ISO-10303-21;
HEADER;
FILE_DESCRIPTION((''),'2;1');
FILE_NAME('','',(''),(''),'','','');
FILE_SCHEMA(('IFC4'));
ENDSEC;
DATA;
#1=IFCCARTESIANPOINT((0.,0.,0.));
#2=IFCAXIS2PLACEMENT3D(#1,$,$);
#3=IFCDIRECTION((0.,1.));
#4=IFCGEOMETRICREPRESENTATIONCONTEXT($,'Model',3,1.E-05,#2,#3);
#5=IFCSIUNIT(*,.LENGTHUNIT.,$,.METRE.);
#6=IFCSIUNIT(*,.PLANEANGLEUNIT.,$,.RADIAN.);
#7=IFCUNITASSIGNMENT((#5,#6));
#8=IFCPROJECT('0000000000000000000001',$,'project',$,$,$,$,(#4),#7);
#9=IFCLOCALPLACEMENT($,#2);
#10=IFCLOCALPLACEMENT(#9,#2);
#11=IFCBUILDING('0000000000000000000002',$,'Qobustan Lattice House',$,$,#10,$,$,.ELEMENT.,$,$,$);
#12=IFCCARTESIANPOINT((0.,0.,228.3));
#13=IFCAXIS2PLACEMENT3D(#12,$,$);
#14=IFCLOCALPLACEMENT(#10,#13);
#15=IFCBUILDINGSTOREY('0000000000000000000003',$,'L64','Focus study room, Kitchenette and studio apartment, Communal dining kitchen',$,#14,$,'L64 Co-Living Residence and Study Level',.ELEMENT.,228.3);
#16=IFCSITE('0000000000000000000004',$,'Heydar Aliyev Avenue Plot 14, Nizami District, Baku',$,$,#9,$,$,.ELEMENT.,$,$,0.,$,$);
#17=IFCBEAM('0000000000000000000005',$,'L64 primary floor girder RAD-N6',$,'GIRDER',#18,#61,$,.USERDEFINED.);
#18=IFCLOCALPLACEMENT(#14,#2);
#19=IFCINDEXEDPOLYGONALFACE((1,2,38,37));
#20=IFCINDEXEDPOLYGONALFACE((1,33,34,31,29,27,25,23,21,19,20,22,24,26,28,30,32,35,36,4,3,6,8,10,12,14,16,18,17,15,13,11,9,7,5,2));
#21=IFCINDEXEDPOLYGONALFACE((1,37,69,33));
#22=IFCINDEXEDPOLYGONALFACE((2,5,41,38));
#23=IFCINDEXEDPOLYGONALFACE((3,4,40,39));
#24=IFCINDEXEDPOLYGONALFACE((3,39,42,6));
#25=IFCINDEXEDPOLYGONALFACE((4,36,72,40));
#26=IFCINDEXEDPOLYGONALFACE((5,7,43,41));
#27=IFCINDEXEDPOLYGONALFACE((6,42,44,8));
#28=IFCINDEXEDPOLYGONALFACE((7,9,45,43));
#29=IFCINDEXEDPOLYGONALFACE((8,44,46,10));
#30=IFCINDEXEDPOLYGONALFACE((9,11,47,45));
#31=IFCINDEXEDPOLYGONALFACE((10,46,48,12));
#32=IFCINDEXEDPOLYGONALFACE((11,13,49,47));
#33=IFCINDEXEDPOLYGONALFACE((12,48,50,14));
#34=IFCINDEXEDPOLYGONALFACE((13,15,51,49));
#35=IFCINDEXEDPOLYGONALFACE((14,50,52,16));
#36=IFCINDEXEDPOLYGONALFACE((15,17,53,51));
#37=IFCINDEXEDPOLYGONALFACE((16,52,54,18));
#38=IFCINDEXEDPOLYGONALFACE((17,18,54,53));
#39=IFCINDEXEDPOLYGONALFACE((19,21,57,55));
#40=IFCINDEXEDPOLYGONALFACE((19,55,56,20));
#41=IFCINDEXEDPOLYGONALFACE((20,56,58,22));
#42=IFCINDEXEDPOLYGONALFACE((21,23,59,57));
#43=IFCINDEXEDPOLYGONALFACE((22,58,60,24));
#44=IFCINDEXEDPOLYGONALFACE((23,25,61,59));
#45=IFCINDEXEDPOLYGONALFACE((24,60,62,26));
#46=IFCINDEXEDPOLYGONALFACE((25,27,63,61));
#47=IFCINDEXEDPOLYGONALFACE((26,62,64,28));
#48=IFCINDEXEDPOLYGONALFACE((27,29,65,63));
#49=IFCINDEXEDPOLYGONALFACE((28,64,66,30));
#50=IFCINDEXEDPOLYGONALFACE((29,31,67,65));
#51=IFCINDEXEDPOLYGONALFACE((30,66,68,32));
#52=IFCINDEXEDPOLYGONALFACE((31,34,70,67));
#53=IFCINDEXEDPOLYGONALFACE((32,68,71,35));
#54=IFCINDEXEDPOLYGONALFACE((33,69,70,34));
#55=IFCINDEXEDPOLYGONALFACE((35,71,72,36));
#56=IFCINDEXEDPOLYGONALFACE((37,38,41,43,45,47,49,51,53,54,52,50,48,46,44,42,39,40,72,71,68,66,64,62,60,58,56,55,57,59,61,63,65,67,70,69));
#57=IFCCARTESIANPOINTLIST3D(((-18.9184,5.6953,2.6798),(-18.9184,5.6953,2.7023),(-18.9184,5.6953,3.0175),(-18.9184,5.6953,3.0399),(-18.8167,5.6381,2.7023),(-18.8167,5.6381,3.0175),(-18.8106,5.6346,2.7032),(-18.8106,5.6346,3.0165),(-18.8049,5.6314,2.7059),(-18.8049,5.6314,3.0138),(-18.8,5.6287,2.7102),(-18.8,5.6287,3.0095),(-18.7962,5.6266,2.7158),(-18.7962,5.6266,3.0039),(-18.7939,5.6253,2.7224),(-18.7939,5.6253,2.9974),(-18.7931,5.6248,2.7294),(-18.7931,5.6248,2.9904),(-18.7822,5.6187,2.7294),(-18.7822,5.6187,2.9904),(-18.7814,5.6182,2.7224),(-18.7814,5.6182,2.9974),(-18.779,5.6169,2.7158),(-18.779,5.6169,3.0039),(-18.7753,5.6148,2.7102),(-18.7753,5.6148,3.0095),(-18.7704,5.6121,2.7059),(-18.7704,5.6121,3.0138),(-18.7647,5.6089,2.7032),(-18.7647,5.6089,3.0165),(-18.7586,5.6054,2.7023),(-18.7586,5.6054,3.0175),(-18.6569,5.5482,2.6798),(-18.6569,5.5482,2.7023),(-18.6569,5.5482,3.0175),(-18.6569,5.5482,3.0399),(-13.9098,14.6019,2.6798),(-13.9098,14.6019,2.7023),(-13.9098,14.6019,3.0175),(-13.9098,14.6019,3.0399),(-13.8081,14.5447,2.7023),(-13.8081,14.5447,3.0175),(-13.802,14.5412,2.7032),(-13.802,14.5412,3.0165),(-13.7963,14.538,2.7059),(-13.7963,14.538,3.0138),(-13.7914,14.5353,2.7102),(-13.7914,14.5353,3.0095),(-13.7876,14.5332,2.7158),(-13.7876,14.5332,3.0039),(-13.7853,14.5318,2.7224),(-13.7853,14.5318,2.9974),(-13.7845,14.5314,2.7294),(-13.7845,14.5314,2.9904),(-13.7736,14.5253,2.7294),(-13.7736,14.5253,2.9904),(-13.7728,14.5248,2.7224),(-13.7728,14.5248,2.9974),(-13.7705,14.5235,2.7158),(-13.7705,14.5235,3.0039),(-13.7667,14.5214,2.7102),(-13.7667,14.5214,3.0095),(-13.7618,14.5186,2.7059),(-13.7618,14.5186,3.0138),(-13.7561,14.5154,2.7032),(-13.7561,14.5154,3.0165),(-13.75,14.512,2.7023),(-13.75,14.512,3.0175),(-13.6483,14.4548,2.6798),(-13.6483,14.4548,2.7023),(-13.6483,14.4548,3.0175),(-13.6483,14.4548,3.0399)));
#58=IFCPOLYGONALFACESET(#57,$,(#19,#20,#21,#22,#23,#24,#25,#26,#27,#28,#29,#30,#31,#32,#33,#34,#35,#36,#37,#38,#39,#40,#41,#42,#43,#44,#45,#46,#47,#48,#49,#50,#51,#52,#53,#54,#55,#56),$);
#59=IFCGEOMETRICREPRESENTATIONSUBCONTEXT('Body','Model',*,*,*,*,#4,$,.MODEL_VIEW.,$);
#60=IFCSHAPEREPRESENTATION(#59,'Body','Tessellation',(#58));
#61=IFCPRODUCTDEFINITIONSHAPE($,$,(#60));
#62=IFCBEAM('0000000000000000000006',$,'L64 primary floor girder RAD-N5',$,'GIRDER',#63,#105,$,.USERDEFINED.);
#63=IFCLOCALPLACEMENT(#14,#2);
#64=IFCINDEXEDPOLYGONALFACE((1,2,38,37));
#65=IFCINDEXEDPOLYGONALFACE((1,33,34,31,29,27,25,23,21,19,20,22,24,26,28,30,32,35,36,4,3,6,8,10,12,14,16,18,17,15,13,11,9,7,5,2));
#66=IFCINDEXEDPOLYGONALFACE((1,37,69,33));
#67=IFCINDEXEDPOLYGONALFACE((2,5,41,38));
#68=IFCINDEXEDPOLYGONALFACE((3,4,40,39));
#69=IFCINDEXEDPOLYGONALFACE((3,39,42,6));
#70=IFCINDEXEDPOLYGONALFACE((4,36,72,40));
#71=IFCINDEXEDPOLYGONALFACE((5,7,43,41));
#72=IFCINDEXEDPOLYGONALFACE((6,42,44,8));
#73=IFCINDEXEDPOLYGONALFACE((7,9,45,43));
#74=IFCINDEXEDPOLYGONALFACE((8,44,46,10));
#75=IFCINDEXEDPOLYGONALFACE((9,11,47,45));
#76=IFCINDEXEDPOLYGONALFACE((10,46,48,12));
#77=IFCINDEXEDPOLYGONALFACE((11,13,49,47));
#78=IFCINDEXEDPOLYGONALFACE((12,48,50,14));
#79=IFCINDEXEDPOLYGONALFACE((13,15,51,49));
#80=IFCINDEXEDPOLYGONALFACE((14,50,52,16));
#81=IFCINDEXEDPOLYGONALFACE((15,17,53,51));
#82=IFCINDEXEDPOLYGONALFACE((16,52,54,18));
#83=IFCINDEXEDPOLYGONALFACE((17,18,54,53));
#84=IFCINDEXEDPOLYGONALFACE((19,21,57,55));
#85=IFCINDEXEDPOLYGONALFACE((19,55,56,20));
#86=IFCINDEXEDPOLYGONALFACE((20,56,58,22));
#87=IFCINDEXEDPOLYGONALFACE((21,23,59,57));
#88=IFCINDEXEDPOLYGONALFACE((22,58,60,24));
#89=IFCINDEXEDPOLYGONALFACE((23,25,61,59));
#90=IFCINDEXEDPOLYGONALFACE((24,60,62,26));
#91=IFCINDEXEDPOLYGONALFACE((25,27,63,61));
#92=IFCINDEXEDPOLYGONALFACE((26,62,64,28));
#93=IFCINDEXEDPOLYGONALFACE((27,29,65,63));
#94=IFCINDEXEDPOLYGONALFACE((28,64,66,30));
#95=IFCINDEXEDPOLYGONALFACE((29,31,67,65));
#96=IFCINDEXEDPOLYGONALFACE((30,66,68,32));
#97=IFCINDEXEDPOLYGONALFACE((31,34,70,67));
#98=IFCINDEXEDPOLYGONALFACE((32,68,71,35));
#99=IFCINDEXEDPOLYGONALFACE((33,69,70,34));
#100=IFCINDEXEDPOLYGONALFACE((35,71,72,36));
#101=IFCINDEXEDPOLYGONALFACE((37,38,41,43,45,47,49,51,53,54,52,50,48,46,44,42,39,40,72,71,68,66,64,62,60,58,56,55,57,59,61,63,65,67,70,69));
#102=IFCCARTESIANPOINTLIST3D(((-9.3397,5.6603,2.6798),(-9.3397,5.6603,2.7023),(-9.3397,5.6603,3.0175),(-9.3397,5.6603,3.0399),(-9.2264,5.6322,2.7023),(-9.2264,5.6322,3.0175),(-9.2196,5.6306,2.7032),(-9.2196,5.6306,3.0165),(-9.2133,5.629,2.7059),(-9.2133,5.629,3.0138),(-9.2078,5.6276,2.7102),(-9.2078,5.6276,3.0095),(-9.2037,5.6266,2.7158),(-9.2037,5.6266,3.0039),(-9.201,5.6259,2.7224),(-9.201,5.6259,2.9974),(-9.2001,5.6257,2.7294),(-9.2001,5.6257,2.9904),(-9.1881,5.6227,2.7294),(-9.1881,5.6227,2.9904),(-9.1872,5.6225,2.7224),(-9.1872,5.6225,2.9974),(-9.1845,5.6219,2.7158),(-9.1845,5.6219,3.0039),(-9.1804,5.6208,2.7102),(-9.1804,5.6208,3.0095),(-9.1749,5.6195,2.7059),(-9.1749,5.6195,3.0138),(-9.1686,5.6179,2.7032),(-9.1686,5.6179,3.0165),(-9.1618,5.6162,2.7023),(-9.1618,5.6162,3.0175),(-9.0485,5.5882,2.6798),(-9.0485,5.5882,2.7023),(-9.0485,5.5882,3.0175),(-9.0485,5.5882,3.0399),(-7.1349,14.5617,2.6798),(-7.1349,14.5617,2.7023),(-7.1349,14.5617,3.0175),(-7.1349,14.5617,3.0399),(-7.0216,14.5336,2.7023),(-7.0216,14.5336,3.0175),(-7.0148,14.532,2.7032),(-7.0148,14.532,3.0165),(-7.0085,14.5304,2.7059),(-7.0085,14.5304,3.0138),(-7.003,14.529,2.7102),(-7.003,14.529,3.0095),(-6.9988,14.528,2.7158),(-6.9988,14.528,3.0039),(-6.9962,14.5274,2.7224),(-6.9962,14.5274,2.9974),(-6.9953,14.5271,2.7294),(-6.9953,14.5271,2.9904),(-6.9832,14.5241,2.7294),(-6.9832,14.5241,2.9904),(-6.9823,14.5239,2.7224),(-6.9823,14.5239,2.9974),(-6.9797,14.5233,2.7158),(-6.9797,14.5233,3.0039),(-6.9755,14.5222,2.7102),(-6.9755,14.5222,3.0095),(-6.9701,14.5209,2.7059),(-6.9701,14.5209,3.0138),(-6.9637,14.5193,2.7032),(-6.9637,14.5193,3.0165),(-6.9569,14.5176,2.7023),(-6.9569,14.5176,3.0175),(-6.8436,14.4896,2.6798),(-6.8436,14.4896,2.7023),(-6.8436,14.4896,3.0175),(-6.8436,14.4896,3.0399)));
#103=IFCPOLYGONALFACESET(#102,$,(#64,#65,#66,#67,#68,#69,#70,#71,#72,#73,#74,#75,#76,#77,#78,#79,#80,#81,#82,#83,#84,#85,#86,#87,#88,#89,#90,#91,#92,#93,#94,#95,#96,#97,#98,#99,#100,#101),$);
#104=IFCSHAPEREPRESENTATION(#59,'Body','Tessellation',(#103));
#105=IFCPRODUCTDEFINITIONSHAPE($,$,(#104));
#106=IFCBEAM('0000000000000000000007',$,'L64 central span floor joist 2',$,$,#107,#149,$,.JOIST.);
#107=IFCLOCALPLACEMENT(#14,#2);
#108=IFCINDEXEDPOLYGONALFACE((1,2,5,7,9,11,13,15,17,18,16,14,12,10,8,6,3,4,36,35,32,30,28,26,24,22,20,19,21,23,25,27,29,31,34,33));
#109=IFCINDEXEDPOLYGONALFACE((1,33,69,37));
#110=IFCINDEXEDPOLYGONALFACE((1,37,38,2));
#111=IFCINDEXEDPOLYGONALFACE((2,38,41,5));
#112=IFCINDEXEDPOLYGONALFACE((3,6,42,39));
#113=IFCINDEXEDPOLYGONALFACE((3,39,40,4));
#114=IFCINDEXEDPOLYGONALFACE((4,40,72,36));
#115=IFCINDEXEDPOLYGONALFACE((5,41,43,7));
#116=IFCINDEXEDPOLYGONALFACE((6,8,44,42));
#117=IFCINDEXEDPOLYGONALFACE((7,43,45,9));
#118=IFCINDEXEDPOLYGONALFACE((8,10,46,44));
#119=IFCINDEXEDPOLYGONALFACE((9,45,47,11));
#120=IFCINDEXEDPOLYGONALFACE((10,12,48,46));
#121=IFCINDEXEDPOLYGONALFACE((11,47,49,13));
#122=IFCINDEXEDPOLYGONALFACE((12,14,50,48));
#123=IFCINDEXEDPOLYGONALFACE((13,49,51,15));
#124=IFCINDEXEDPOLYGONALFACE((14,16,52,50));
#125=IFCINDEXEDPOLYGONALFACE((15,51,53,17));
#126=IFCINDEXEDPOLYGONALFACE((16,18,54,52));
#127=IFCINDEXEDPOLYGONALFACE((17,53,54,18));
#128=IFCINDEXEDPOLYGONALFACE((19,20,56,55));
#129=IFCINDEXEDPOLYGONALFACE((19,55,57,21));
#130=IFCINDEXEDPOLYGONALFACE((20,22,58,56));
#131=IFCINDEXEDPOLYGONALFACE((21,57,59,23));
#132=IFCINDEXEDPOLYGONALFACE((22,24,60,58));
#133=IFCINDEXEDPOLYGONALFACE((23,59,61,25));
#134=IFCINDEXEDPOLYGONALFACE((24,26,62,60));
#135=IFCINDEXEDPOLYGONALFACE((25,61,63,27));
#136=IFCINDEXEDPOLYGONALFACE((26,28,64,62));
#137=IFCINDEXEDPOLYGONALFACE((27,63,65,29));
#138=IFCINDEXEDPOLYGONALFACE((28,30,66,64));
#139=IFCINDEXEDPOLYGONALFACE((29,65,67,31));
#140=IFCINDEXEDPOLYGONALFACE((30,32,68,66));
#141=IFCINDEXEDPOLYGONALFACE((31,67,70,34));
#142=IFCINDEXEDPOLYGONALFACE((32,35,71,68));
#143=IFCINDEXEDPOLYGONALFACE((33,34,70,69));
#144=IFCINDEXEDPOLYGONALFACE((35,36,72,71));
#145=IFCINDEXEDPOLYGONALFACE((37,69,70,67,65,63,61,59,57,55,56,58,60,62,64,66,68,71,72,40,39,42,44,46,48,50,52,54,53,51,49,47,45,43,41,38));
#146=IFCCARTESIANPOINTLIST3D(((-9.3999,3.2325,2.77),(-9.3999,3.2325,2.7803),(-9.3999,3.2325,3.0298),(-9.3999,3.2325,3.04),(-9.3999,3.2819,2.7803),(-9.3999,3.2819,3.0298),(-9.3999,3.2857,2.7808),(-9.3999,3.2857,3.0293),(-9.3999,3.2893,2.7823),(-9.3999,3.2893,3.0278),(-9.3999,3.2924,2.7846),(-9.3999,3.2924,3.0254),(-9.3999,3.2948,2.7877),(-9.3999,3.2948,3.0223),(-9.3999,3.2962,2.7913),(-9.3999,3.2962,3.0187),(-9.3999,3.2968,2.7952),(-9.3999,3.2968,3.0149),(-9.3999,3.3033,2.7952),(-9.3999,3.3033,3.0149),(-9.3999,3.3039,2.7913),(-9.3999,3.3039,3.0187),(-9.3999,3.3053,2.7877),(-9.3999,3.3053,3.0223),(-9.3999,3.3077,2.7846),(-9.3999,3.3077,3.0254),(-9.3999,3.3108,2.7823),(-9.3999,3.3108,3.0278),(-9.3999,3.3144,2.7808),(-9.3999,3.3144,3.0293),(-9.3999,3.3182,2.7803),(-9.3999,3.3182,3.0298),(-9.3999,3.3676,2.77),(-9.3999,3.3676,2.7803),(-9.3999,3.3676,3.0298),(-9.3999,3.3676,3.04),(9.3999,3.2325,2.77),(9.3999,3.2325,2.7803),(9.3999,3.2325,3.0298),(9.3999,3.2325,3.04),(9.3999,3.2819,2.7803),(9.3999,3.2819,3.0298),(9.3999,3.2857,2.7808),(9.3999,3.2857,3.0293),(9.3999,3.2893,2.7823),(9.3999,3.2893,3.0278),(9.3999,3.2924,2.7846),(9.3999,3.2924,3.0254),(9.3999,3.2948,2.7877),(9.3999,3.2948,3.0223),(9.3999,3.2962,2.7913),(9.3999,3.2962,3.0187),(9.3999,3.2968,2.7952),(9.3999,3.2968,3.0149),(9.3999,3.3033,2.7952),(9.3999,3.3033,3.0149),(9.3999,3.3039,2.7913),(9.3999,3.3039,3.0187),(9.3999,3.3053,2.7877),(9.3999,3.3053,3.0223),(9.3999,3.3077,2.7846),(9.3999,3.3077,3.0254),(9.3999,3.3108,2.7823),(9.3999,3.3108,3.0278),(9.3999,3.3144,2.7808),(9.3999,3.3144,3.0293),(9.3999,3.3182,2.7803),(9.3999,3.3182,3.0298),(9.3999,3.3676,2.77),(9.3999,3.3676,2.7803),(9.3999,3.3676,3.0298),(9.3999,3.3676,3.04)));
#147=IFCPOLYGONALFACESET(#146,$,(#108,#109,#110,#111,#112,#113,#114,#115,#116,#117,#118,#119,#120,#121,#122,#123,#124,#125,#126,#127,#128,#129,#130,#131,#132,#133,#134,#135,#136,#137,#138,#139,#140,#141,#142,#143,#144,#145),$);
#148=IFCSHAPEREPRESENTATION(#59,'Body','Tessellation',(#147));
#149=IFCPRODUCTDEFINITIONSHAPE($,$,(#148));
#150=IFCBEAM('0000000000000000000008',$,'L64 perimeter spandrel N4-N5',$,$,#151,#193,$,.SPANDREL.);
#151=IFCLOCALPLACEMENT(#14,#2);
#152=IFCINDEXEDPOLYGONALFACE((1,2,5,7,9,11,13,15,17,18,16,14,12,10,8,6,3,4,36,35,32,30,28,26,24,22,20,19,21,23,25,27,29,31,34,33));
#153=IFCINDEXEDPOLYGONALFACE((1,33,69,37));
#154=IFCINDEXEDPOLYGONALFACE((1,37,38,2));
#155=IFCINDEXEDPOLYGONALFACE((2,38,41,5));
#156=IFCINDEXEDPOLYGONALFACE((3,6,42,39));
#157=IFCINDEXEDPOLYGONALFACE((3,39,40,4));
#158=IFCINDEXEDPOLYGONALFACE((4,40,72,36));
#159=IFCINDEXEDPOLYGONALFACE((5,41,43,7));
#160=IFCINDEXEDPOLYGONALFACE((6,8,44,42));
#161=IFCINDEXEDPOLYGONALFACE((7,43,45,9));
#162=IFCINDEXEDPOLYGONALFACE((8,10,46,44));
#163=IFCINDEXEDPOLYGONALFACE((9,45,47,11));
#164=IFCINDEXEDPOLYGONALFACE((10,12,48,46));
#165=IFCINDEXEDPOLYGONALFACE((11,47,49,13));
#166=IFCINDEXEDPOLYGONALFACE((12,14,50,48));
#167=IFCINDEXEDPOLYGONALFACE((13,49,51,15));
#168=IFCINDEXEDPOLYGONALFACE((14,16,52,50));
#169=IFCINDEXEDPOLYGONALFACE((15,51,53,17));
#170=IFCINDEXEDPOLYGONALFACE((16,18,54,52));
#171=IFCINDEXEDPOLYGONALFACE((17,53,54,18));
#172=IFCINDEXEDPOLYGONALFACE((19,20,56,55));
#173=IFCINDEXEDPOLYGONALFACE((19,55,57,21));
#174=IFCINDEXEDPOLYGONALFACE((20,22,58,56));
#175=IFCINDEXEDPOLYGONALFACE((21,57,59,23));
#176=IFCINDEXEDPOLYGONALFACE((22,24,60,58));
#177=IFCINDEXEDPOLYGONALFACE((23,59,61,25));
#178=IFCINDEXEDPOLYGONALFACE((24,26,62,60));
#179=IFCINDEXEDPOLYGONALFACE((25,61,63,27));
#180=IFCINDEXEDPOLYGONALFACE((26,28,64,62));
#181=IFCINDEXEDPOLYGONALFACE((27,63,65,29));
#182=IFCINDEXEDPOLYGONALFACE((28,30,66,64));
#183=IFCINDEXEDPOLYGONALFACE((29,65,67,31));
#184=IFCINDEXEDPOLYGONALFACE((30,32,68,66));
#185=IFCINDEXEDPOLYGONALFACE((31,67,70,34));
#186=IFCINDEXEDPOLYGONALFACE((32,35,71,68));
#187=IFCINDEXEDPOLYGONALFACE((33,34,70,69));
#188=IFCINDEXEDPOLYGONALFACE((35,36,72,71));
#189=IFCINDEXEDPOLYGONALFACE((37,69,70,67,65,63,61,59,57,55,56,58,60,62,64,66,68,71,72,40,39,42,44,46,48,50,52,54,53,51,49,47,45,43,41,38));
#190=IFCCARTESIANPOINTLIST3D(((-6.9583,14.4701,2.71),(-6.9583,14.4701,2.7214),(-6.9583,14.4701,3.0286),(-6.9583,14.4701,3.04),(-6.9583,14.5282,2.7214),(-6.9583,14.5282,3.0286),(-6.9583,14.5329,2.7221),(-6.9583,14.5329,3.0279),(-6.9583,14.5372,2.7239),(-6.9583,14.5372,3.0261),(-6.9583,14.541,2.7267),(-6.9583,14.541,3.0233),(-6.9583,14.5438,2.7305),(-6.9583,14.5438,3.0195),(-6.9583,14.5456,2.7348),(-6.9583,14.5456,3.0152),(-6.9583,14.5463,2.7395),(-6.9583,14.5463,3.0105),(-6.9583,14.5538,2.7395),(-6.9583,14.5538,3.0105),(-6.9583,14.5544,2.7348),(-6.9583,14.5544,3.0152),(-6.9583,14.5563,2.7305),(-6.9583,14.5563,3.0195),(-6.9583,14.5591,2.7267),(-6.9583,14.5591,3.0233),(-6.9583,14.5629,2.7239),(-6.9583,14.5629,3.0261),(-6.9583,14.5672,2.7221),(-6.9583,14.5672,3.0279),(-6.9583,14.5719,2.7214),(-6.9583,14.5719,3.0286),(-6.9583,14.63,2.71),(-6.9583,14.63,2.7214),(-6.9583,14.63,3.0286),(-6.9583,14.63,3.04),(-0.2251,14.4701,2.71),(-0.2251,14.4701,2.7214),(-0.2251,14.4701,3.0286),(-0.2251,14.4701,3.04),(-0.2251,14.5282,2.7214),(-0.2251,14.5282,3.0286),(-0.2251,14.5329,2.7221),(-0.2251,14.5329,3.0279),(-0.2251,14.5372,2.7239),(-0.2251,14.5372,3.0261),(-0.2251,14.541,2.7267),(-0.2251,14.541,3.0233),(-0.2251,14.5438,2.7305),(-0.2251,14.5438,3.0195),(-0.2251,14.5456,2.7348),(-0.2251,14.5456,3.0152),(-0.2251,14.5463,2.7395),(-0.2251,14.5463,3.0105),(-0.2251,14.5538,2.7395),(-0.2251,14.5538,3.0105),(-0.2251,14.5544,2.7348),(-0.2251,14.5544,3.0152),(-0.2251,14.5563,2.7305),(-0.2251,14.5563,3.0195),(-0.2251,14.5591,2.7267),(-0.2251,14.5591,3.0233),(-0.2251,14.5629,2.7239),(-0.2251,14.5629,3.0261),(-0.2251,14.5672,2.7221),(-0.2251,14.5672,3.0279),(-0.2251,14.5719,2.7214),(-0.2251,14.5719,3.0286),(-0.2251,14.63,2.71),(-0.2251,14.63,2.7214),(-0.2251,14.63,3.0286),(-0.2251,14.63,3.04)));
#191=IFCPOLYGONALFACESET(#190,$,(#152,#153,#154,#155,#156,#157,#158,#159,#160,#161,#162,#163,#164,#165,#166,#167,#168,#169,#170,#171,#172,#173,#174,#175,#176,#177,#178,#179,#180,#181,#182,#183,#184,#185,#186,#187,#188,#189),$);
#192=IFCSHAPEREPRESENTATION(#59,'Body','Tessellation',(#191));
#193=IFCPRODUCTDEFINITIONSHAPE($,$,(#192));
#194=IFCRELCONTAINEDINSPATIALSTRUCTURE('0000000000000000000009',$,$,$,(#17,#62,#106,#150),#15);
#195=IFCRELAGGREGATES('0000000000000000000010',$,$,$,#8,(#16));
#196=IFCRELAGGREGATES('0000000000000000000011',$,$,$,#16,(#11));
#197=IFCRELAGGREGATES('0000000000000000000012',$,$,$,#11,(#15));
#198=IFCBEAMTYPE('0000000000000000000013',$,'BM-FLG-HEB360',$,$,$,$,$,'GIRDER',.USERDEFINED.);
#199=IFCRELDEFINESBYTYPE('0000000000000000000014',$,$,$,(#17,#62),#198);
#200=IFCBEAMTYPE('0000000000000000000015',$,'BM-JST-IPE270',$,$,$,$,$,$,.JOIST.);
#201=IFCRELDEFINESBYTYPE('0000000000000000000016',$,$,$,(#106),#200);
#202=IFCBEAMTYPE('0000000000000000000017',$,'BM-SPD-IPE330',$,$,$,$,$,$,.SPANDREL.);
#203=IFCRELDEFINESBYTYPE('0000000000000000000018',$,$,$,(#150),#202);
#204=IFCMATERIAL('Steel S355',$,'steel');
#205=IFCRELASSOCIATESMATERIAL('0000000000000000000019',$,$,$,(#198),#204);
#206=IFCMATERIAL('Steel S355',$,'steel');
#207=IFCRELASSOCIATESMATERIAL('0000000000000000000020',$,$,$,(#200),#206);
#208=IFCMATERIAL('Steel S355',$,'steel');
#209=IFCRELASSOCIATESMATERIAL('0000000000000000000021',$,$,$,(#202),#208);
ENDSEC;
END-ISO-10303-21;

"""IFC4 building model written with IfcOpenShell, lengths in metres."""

from ifc_helpers import new_model, si_unit, direction, frame, origin, origin_2d, place, context, subcontext, project, spatial, i_section, extrude, material, material_profile, profile_set, type_object, element, save


model = new_model("IFC4")

# Units and contexts
model_context = context("Model", 3, precision=1e-05, world=origin(), true_north=direction((0.0, 1.0)))
body_context = subcontext(model_context, "Body", "Model", "MODEL_VIEW")
ifc_project = project(units=[si_unit("LENGTHUNIT", "METRE"), si_unit("PLANEANGLEUNIT", "RADIAN")], contexts=[model_context])

# Site, building, storey
site_placement = place(None, origin())
site = spatial("IfcSite", under=ifc_project, at=site_placement, Name="Heydar Aliyev Avenue Plot 14, Nizami District, Baku", CompositionType="ELEMENT", RefElevation=0.0)
building_placement = place(site_placement, origin())
building = spatial("IfcBuilding", under=site, at=building_placement, Name="Qobustan Lattice House", CompositionType="ELEMENT")
storey_placement = place(building_placement, frame((0.0, 0.0, 228.3)))
storey = spatial("IfcBuildingStorey", under=building, at=storey_placement, Name="L64", Description="Focus study room, Kitchenette and studio apartment, Communal dining kitchen", LongName="L64 Co-Living Residence and Study Level", CompositionType="ELEMENT", Elevation=228.3)

# Beams
ifc_material_1 = material(Name="Steel S355", Category="steel")
ifc_material_profile_1 = material_profile(ifc_material_1, i_section(OverallWidth=0.3, OverallDepth=0.3601, WebThickness=0.0125, FlangeThickness=0.0225, FilletRadius=0.0271, at=origin_2d()), Name="HEB360")
ifc_profile_set_1 = profile_set([ifc_material_profile_1], Name="Steel S355")
beam_type_1 = type_object("IfcBeamType", Name="BM-FLG-HEB360", ElementType="GIRDER", PredefinedType="USERDEFINED", material=ifc_profile_set_1)
beam_1_placement = place(storey_placement, frame((-13.7791, 14.5283, 2.8599), z_axis=(-0.49016, -0.871632, 0.0), x_axis=(0.871632, -0.49016, 0.0)))
element("IfcBeam", 1, at=beam_1_placement, inside=storey, type_object=beam_type_1, Name="L64 primary floor girder RAD-N6", ObjectType="GIRDER", PredefinedType="USERDEFINED", context=body_context, shape_type="SweptSolid", body=[
    extrude(i_section(OverallWidth=0.3, OverallDepth=0.3601, WebThickness=0.0125, FlangeThickness=0.0225, FilletRadius=0.0271, at=origin_2d()), origin(), (0.0, 0.0, 1.0), 10.2183),
])
beam_2_placement = place(storey_placement, frame((-6.9893, 14.5256, 2.8599), z_axis=(-0.24043, -0.970666, 0.0), x_axis=(0.970666, -0.24043, 0.0)))
element("IfcBeam", 2, at=beam_2_placement, inside=storey, type_object=beam_type_1, Name="L64 primary floor girder RAD-N5", ObjectType="GIRDER", PredefinedType="USERDEFINED", context=body_context, shape_type="SweptSolid", body=[
    extrude(i_section(OverallWidth=0.3, OverallDepth=0.3601, WebThickness=0.0125, FlangeThickness=0.0225, FilletRadius=0.0271, at=origin_2d()), origin(), (0.0, 0.0, 1.0), 9.1704),
])
ifc_material_2 = material(Name="Steel S355", Category="steel")
ifc_material_profile_2 = material_profile(ifc_material_2, i_section(OverallWidth=0.135, OverallDepth=0.27, WebThickness=0.0066, FlangeThickness=0.0103, FilletRadius=0.0149, at=origin_2d()), Name="IPE270")
ifc_profile_set_2 = profile_set([ifc_material_profile_2], Name="Steel S355")
beam_type_2 = type_object("IfcBeamType", Name="BM-JST-IPE270", PredefinedType="JOIST", material=ifc_profile_set_2)
beam_3_placement = place(storey_placement, frame((-9.3999, 3.3, 2.905), z_axis=(1.0, 0.0, 0.0), x_axis=(0.0, 1.0, 0.0)))
element("IfcBeam", 3, at=beam_3_placement, inside=storey, type_object=beam_type_2, Name="L64 central span floor joist 2", PredefinedType="JOIST", context=body_context, shape_type="SweptSolid", body=[
    extrude(i_section(OverallWidth=0.135, OverallDepth=0.27, WebThickness=0.0066, FlangeThickness=0.0103, FilletRadius=0.0149, at=origin_2d()), origin(), (0.0, 0.0, 1.0), 18.7998),
])
ifc_material_3 = material(Name="Steel S355", Category="steel")
ifc_material_profile_3 = material_profile(ifc_material_3, i_section(OverallWidth=0.1599, OverallDepth=0.3301, WebThickness=0.0076, FlangeThickness=0.0115, FilletRadius=0.0181, at=origin_2d()), Name="IPE330")
ifc_profile_set_3 = profile_set([ifc_material_profile_3], Name="Steel S355")
beam_type_3 = type_object("IfcBeamType", Name="BM-SPD-IPE330", PredefinedType="SPANDREL", material=ifc_profile_set_3)
beam_4_placement = place(storey_placement, frame((-0.2251, 14.55, 2.875), z_axis=(-1.0, 0.0, 0.0), x_axis=(0.0, -1.0, 0.0)))
element("IfcBeam", 4, at=beam_4_placement, inside=storey, type_object=beam_type_3, Name="L64 perimeter spandrel N4-N5", PredefinedType="SPANDREL", context=body_context, shape_type="SweptSolid", body=[
    extrude(i_section(OverallWidth=0.1599, OverallDepth=0.3301, WebThickness=0.0076, FlangeThickness=0.0115, FilletRadius=0.0181, at=origin_2d()), origin(), (0.0, 0.0, 1.0), 6.7332),
])

save(model, "model.ifc")
